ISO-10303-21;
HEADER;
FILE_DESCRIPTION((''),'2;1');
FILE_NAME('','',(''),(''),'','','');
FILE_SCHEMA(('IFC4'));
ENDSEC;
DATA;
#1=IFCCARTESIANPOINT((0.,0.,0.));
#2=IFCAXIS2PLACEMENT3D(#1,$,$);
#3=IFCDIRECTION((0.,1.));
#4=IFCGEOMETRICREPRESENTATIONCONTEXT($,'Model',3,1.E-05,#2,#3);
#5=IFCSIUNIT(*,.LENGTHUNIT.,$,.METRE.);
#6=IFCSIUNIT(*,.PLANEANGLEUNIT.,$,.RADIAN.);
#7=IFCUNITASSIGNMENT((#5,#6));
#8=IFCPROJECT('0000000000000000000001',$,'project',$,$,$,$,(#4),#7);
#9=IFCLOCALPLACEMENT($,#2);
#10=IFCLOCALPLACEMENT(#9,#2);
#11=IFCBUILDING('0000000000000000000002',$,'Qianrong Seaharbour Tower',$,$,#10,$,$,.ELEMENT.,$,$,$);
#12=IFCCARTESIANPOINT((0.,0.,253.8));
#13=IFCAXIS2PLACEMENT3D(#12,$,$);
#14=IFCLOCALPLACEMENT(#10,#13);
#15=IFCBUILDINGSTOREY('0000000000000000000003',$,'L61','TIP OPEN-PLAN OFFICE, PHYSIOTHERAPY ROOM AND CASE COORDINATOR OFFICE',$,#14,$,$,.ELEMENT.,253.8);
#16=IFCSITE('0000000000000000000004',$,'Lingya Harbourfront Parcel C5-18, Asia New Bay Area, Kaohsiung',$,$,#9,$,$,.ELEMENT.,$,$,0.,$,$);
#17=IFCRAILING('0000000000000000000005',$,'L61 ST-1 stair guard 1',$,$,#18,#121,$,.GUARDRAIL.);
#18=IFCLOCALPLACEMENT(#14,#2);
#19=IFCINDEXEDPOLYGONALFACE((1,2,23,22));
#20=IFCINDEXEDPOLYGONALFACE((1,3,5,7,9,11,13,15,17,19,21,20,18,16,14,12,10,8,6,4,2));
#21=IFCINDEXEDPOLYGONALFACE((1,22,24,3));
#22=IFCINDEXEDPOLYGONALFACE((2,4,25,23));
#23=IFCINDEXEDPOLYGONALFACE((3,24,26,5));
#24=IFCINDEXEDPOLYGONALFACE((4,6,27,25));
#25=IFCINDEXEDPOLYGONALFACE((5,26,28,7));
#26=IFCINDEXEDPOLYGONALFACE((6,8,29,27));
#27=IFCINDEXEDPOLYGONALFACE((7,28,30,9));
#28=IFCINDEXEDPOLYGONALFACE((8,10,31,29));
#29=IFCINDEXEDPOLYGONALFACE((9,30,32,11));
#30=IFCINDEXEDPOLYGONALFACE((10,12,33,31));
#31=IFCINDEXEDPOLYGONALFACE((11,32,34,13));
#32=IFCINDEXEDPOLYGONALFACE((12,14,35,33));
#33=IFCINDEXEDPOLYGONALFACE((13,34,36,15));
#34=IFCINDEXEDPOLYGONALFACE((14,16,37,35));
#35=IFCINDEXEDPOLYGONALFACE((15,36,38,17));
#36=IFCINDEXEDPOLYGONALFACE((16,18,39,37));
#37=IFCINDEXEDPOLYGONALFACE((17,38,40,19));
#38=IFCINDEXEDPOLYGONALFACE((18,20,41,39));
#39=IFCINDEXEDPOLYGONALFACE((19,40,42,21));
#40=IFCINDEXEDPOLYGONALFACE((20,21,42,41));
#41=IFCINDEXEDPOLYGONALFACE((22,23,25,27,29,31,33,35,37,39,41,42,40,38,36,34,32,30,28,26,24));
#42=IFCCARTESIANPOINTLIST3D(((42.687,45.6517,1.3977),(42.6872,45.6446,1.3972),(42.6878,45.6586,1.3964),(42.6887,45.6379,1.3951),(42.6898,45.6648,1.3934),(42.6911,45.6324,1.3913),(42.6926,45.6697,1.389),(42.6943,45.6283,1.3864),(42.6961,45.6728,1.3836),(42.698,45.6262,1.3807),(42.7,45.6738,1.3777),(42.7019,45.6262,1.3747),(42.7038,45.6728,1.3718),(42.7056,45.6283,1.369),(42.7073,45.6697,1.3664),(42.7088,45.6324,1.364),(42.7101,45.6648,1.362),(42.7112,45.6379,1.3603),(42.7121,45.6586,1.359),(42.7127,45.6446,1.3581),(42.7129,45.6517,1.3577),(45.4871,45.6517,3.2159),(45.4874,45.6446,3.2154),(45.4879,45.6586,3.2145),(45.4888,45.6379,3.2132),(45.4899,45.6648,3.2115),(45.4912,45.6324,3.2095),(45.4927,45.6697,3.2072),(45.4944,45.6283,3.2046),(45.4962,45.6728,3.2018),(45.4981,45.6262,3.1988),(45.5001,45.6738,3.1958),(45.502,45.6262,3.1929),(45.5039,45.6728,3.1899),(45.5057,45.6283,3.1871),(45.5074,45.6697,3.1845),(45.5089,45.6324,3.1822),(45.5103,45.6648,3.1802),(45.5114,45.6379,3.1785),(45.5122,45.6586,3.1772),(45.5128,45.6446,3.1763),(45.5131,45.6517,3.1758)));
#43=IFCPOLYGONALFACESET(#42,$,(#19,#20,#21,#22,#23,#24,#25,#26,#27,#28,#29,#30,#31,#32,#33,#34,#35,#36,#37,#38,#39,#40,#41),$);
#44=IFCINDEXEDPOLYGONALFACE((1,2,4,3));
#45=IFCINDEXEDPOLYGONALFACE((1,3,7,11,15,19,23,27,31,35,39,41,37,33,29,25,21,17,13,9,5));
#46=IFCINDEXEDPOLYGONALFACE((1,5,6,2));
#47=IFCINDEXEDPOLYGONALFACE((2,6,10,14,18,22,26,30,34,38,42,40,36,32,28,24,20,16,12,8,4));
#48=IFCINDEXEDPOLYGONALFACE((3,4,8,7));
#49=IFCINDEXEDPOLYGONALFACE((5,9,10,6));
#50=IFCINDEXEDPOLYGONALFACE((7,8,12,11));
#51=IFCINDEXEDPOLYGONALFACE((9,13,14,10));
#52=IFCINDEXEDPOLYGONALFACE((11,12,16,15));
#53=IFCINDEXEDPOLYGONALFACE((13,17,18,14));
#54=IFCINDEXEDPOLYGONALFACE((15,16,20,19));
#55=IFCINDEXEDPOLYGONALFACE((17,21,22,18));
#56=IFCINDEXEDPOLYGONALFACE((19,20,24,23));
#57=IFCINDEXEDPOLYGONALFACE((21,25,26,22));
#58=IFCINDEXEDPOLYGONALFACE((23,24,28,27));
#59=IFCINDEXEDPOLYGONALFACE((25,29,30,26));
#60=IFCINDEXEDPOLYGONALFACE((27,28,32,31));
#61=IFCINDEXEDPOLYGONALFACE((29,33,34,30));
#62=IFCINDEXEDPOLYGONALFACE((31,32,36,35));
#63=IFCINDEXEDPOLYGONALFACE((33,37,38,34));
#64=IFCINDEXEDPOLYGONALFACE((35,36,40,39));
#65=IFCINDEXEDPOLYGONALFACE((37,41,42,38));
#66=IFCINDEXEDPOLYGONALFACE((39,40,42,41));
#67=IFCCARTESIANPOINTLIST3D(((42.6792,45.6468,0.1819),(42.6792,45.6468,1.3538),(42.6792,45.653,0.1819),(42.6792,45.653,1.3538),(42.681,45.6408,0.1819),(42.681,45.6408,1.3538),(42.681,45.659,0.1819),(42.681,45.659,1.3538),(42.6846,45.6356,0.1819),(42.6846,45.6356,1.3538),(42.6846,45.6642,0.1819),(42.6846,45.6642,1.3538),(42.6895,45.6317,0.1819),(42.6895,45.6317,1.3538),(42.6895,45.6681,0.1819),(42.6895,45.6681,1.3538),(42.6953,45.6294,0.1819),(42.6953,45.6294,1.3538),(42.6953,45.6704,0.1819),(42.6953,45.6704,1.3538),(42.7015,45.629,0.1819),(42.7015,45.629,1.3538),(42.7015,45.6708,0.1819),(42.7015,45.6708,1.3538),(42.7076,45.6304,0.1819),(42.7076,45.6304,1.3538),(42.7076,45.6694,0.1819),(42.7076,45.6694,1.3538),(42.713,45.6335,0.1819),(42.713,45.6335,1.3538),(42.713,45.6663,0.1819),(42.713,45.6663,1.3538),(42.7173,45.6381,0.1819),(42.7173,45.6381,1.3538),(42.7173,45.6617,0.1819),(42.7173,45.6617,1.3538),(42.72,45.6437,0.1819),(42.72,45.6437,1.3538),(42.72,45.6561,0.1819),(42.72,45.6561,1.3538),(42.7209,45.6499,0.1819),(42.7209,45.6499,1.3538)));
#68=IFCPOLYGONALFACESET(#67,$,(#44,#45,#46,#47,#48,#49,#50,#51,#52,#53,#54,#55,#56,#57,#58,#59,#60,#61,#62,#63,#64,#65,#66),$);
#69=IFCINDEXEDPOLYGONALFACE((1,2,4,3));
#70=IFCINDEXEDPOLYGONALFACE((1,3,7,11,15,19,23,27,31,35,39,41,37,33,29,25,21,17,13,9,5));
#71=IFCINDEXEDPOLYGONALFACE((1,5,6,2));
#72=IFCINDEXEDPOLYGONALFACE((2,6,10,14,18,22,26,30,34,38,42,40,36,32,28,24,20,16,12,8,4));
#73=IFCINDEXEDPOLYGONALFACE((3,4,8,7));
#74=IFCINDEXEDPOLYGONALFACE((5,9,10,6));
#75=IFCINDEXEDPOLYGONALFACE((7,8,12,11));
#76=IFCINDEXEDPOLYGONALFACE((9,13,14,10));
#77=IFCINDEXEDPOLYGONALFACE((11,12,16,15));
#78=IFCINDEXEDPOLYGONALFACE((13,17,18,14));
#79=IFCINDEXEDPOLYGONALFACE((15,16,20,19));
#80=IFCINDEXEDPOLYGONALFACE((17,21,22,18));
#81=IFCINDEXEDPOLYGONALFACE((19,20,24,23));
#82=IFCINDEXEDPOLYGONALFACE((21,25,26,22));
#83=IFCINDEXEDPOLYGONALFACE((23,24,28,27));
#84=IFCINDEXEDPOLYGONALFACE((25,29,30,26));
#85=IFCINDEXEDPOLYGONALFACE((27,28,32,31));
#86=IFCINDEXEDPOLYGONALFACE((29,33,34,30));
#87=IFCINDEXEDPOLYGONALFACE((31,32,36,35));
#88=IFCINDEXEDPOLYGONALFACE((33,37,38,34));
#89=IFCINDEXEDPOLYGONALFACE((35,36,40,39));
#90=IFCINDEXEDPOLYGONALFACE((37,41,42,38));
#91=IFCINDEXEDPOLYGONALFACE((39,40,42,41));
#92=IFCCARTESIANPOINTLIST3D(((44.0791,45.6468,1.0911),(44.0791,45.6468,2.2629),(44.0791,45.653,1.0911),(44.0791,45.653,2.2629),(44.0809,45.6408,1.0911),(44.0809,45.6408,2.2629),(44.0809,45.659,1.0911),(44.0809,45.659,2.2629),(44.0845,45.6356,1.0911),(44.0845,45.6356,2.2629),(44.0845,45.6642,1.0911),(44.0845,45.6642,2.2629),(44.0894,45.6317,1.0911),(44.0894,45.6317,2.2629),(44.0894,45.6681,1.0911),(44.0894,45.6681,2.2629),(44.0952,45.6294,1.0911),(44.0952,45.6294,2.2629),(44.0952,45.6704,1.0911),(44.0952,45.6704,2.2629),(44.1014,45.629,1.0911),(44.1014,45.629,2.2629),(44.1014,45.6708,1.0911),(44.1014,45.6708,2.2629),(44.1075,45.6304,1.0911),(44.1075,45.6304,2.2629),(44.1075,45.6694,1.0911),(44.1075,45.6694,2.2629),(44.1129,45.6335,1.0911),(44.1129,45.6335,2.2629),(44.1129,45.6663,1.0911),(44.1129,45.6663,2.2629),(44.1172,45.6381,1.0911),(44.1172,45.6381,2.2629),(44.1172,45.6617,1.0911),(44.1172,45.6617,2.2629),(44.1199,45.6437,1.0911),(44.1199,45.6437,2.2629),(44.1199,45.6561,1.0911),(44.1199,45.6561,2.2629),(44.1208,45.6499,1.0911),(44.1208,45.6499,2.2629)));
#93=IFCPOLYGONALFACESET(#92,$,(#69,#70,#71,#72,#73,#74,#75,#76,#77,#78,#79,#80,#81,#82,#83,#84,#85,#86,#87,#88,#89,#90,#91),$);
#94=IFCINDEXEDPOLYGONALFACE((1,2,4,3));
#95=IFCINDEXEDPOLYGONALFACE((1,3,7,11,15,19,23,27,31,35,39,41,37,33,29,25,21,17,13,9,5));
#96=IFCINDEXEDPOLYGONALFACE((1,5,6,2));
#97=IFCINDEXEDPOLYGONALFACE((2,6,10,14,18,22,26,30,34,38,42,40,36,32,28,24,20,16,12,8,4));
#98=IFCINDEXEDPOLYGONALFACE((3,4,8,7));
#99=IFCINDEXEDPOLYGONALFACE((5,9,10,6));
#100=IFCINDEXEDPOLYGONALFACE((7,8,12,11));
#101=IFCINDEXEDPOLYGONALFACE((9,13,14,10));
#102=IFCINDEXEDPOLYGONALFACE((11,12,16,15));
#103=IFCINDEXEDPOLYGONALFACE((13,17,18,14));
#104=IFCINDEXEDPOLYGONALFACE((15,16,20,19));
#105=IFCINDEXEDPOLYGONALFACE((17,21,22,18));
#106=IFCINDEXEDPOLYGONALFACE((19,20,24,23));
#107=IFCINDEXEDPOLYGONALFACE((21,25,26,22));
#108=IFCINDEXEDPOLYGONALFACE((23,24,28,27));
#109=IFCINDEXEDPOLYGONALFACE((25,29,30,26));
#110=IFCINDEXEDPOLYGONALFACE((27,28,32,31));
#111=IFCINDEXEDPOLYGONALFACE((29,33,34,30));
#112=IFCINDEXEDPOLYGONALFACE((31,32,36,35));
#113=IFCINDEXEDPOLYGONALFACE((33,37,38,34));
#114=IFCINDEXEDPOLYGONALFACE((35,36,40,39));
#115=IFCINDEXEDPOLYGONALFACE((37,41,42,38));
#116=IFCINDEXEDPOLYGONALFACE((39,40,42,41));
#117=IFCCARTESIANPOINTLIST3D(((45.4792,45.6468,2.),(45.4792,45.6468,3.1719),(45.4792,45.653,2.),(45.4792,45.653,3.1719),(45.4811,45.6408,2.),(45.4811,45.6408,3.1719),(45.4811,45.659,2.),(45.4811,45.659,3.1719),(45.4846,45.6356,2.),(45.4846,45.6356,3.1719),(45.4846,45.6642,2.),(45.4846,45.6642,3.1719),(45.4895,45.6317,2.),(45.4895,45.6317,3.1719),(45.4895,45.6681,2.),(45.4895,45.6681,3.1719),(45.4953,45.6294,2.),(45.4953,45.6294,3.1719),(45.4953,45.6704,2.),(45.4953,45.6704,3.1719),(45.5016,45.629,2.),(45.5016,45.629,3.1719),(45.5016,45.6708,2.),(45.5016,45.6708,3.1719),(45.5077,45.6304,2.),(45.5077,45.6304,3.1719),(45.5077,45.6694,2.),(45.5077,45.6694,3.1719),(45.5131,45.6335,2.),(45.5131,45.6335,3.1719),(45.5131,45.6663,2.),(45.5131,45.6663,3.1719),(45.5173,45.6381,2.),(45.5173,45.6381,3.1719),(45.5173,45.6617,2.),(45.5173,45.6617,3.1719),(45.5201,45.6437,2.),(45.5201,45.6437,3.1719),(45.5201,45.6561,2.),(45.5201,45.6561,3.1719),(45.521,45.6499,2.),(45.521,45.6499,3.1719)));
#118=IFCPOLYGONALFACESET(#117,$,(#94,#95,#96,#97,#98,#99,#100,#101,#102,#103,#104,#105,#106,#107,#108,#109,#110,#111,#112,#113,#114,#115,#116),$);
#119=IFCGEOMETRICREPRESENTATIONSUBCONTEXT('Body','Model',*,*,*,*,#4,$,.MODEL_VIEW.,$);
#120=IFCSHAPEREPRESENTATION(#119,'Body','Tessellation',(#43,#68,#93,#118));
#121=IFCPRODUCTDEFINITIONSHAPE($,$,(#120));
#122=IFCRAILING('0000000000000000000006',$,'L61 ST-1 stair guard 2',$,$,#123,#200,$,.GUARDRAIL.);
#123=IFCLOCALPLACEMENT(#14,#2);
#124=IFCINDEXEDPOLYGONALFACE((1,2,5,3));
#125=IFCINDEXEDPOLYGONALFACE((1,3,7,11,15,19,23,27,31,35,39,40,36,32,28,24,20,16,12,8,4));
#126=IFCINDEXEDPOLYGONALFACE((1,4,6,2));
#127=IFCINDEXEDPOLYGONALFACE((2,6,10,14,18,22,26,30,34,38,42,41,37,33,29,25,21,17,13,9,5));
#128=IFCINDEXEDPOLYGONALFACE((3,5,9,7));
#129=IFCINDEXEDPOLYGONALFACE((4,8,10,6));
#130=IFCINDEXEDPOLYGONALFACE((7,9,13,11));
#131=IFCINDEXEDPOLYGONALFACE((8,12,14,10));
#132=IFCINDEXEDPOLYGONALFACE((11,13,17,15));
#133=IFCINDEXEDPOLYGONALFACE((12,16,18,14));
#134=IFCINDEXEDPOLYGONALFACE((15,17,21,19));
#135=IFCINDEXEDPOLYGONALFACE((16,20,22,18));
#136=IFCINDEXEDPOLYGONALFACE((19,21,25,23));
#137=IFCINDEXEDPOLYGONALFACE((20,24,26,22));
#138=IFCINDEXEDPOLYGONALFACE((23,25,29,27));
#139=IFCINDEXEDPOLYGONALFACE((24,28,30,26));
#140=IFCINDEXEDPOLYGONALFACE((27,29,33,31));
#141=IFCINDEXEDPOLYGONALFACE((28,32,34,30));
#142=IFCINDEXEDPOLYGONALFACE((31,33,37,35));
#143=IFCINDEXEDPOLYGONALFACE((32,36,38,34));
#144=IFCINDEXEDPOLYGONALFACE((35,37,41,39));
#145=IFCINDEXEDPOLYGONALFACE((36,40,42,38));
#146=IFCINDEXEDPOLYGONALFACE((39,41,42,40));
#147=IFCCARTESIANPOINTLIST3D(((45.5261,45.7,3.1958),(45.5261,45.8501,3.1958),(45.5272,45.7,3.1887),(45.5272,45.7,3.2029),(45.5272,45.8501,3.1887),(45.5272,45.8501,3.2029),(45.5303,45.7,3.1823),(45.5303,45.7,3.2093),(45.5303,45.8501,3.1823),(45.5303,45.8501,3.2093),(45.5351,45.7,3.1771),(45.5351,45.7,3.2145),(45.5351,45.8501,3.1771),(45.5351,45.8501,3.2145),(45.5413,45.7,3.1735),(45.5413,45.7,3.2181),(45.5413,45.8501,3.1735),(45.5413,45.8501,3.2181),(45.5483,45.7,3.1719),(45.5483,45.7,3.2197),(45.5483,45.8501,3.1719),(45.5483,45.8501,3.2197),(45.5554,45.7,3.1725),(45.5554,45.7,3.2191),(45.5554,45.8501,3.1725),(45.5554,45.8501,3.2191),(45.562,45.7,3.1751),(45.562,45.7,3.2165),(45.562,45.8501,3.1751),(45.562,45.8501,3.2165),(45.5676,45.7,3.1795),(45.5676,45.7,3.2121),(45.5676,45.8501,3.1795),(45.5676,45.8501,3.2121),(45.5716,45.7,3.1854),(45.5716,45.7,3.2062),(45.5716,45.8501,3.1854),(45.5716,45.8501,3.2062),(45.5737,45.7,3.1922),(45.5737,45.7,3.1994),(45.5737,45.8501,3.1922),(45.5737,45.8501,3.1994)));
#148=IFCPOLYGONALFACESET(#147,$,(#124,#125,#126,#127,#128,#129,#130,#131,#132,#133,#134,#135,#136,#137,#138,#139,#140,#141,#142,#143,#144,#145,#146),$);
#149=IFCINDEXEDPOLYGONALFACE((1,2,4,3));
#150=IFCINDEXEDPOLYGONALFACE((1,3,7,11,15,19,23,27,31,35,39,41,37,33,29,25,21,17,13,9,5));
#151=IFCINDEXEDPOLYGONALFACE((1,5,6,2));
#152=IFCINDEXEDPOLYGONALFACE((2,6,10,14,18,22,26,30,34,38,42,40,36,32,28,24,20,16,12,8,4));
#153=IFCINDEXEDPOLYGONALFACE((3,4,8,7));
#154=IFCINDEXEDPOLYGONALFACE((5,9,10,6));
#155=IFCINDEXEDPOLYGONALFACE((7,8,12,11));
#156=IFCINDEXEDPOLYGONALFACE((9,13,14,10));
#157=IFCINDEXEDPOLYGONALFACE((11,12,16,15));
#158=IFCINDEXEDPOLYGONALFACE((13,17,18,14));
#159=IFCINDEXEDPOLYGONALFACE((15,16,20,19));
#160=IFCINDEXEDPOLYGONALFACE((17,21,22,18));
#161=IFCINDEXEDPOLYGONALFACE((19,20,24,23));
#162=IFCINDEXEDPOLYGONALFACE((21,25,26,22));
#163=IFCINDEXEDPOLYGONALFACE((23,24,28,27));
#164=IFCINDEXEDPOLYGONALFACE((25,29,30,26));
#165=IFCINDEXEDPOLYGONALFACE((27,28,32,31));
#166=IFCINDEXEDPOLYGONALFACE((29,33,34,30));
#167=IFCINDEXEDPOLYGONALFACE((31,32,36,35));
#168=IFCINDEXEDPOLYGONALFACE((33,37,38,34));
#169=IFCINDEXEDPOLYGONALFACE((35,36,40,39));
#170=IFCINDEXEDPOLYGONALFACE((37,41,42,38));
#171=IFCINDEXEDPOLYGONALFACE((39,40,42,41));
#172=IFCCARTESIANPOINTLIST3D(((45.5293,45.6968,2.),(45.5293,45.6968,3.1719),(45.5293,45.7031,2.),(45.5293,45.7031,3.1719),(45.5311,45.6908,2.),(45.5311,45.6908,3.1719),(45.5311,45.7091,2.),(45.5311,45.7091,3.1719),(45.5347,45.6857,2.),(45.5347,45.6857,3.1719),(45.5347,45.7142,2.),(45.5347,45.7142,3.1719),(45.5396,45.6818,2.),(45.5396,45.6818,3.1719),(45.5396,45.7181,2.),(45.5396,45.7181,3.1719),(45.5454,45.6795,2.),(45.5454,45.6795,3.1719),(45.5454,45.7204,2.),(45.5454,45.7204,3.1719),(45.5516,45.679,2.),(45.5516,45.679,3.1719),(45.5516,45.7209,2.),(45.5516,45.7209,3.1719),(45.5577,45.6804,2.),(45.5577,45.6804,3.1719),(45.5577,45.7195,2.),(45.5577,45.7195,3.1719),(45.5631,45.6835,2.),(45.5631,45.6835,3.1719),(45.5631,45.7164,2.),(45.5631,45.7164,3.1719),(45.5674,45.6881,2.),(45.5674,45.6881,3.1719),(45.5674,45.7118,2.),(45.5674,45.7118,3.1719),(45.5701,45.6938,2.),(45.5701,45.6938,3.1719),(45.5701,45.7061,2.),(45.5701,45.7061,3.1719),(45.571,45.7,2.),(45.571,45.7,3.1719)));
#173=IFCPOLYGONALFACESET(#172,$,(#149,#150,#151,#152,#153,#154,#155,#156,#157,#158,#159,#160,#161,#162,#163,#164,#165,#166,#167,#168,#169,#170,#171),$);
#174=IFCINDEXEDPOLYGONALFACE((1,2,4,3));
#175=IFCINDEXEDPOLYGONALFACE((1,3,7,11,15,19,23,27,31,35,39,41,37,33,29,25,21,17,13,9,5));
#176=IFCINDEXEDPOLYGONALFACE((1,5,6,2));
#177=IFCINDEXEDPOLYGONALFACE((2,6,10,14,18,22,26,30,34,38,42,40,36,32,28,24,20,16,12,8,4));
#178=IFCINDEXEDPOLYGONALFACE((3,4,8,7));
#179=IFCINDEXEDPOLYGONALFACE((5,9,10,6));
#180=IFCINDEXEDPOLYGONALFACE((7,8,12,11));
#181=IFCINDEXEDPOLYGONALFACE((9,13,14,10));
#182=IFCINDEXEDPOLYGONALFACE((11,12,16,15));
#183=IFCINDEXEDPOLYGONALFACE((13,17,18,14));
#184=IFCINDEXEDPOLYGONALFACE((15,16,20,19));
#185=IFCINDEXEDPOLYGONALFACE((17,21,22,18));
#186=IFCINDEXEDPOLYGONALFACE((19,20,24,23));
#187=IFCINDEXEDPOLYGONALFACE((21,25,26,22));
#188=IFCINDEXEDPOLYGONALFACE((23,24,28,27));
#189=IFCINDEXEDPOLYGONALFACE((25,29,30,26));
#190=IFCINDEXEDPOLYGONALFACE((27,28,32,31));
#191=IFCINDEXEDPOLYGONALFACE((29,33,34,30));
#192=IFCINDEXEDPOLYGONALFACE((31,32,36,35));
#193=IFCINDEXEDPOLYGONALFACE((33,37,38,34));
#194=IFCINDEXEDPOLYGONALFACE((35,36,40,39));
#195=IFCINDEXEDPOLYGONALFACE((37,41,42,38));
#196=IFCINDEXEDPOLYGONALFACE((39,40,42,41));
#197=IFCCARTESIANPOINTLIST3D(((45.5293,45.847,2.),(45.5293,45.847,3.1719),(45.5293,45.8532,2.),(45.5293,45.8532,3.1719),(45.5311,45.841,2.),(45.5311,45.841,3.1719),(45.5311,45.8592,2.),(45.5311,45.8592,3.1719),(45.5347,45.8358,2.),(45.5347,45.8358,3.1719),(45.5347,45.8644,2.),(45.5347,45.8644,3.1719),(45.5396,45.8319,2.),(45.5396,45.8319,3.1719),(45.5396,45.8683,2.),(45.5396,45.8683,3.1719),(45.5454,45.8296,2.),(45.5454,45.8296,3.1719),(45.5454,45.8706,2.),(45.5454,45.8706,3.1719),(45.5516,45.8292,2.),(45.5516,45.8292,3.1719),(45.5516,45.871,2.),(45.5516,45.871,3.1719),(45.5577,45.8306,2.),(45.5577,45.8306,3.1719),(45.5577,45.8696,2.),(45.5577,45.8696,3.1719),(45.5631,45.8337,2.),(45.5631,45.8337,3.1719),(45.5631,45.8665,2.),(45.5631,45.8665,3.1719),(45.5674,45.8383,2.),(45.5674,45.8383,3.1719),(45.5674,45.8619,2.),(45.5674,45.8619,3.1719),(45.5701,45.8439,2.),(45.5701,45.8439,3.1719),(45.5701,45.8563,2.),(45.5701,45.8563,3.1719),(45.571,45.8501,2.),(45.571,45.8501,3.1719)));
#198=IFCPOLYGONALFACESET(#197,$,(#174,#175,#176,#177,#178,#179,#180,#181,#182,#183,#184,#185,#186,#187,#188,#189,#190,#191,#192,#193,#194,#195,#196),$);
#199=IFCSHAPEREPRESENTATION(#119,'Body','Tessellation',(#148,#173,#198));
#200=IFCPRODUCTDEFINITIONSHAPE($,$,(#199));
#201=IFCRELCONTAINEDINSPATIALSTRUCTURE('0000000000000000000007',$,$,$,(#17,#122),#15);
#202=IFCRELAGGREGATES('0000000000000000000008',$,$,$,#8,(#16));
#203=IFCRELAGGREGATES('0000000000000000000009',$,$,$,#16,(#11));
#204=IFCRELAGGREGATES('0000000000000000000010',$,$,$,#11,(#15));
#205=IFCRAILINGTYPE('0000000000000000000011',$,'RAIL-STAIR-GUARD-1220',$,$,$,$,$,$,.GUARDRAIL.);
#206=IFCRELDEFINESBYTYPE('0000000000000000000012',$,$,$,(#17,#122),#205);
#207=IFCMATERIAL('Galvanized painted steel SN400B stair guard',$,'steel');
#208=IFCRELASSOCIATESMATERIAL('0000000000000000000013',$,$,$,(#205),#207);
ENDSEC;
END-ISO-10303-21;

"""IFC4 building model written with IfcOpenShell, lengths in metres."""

from ifc_helpers import new_model, si_unit, direction, frame, origin, origin_2d, place, context, subcontext, project, spatial, circle, extrude, material, type_object, element, save


model = new_model("IFC4")

# Units and contexts
model_context = context("Model", 3, precision=1e-05, world=origin(), true_north=direction((0.0, 1.0)))
body_context = subcontext(model_context, "Body", "Model", "MODEL_VIEW")
ifc_project = project(units=[si_unit("LENGTHUNIT", "METRE"), si_unit("PLANEANGLEUNIT", "RADIAN")], contexts=[model_context])

# Site, building, storey
site_placement = place(None, origin())
site = spatial("IfcSite", under=ifc_project, at=site_placement, Name="Lingya Harbourfront Parcel C5-18, Asia New Bay Area, Kaohsiung", CompositionType="ELEMENT", RefElevation=0.0)
building_placement = place(site_placement, origin())
building = spatial("IfcBuilding", under=site, at=building_placement, Name="Qianrong Seaharbour Tower", CompositionType="ELEMENT")
storey_placement = place(building_placement, frame((0.0, 0.0, 253.8)))
storey = spatial("IfcBuildingStorey", under=building, at=storey_placement, Name="L61", Description="TIP OPEN-PLAN OFFICE, PHYSIOTHERAPY ROOM AND CASE COORDINATOR OFFICE", CompositionType="ELEMENT", Elevation=253.8)

# Railings
ifc_material_1 = material(Name="Galvanized painted steel SN400B stair guard", Category="steel")
railing_type_1 = type_object("IfcRailingType", Name="RAIL-STAIR-GUARD-1220", PredefinedType="GUARDRAIL", material=ifc_material_1)
railing_1_placement = place(storey_placement, frame((42.7, 45.6499, 0.1819)))
element("IfcRailing", 1, at=railing_1_placement, inside=storey, type_object=railing_type_1, Name="L61 ST-1 stair guard 1", PredefinedType="GUARDRAIL", context=body_context, shape_type="SweptSolid", body=[
    extrude(circle(Radius=0.0239, at=origin_2d()), frame((0.0, 0.0, 1.1958), z_axis=(0.838706, 0.0, 0.544585), x_axis=(0.0, 1.0, 0.0)), (0.0, 0.0, 1.0), 3.3386),
    extrude(circle(Radius=0.021, at=origin_2d()), origin(), (0.0, 0.0, 1.0), 1.1719),
    extrude(circle(Radius=0.021, at=origin_2d()), frame((1.3999, 0.0, 0.9092)), (0.0, 0.0, 1.0), 1.1719),
    extrude(circle(Radius=0.021, at=origin_2d()), frame((2.8, 0.0, 1.8181)), (0.0, 0.0, 1.0), 1.1719),
])
railing_2_placement = place(storey_placement, frame((45.55, 45.7, 2.0)))
element("IfcRailing", 2, at=railing_2_placement, inside=storey, type_object=railing_type_1, Name="L61 ST-1 stair guard 2", PredefinedType="GUARDRAIL", context=body_context, shape_type="SweptSolid", body=[
    extrude(circle(Radius=0.0239, at=origin_2d()), frame((0.0, 0.0, 1.1958), z_axis=(0.0, 1.0, 0.0), x_axis=(-1.0, 0.0, 0.0)), (0.0, 0.0, 1.0), 0.1501),
    extrude(circle(Radius=0.021, at=origin_2d()), origin(), (0.0, 0.0, 1.0), 1.1719),
    extrude(circle(Radius=0.021, at=origin_2d()), frame((0.0, 0.1501, 0.0)), (0.0, 0.0, 1.0), 1.1719),
])

save(model, "model.ifc")
